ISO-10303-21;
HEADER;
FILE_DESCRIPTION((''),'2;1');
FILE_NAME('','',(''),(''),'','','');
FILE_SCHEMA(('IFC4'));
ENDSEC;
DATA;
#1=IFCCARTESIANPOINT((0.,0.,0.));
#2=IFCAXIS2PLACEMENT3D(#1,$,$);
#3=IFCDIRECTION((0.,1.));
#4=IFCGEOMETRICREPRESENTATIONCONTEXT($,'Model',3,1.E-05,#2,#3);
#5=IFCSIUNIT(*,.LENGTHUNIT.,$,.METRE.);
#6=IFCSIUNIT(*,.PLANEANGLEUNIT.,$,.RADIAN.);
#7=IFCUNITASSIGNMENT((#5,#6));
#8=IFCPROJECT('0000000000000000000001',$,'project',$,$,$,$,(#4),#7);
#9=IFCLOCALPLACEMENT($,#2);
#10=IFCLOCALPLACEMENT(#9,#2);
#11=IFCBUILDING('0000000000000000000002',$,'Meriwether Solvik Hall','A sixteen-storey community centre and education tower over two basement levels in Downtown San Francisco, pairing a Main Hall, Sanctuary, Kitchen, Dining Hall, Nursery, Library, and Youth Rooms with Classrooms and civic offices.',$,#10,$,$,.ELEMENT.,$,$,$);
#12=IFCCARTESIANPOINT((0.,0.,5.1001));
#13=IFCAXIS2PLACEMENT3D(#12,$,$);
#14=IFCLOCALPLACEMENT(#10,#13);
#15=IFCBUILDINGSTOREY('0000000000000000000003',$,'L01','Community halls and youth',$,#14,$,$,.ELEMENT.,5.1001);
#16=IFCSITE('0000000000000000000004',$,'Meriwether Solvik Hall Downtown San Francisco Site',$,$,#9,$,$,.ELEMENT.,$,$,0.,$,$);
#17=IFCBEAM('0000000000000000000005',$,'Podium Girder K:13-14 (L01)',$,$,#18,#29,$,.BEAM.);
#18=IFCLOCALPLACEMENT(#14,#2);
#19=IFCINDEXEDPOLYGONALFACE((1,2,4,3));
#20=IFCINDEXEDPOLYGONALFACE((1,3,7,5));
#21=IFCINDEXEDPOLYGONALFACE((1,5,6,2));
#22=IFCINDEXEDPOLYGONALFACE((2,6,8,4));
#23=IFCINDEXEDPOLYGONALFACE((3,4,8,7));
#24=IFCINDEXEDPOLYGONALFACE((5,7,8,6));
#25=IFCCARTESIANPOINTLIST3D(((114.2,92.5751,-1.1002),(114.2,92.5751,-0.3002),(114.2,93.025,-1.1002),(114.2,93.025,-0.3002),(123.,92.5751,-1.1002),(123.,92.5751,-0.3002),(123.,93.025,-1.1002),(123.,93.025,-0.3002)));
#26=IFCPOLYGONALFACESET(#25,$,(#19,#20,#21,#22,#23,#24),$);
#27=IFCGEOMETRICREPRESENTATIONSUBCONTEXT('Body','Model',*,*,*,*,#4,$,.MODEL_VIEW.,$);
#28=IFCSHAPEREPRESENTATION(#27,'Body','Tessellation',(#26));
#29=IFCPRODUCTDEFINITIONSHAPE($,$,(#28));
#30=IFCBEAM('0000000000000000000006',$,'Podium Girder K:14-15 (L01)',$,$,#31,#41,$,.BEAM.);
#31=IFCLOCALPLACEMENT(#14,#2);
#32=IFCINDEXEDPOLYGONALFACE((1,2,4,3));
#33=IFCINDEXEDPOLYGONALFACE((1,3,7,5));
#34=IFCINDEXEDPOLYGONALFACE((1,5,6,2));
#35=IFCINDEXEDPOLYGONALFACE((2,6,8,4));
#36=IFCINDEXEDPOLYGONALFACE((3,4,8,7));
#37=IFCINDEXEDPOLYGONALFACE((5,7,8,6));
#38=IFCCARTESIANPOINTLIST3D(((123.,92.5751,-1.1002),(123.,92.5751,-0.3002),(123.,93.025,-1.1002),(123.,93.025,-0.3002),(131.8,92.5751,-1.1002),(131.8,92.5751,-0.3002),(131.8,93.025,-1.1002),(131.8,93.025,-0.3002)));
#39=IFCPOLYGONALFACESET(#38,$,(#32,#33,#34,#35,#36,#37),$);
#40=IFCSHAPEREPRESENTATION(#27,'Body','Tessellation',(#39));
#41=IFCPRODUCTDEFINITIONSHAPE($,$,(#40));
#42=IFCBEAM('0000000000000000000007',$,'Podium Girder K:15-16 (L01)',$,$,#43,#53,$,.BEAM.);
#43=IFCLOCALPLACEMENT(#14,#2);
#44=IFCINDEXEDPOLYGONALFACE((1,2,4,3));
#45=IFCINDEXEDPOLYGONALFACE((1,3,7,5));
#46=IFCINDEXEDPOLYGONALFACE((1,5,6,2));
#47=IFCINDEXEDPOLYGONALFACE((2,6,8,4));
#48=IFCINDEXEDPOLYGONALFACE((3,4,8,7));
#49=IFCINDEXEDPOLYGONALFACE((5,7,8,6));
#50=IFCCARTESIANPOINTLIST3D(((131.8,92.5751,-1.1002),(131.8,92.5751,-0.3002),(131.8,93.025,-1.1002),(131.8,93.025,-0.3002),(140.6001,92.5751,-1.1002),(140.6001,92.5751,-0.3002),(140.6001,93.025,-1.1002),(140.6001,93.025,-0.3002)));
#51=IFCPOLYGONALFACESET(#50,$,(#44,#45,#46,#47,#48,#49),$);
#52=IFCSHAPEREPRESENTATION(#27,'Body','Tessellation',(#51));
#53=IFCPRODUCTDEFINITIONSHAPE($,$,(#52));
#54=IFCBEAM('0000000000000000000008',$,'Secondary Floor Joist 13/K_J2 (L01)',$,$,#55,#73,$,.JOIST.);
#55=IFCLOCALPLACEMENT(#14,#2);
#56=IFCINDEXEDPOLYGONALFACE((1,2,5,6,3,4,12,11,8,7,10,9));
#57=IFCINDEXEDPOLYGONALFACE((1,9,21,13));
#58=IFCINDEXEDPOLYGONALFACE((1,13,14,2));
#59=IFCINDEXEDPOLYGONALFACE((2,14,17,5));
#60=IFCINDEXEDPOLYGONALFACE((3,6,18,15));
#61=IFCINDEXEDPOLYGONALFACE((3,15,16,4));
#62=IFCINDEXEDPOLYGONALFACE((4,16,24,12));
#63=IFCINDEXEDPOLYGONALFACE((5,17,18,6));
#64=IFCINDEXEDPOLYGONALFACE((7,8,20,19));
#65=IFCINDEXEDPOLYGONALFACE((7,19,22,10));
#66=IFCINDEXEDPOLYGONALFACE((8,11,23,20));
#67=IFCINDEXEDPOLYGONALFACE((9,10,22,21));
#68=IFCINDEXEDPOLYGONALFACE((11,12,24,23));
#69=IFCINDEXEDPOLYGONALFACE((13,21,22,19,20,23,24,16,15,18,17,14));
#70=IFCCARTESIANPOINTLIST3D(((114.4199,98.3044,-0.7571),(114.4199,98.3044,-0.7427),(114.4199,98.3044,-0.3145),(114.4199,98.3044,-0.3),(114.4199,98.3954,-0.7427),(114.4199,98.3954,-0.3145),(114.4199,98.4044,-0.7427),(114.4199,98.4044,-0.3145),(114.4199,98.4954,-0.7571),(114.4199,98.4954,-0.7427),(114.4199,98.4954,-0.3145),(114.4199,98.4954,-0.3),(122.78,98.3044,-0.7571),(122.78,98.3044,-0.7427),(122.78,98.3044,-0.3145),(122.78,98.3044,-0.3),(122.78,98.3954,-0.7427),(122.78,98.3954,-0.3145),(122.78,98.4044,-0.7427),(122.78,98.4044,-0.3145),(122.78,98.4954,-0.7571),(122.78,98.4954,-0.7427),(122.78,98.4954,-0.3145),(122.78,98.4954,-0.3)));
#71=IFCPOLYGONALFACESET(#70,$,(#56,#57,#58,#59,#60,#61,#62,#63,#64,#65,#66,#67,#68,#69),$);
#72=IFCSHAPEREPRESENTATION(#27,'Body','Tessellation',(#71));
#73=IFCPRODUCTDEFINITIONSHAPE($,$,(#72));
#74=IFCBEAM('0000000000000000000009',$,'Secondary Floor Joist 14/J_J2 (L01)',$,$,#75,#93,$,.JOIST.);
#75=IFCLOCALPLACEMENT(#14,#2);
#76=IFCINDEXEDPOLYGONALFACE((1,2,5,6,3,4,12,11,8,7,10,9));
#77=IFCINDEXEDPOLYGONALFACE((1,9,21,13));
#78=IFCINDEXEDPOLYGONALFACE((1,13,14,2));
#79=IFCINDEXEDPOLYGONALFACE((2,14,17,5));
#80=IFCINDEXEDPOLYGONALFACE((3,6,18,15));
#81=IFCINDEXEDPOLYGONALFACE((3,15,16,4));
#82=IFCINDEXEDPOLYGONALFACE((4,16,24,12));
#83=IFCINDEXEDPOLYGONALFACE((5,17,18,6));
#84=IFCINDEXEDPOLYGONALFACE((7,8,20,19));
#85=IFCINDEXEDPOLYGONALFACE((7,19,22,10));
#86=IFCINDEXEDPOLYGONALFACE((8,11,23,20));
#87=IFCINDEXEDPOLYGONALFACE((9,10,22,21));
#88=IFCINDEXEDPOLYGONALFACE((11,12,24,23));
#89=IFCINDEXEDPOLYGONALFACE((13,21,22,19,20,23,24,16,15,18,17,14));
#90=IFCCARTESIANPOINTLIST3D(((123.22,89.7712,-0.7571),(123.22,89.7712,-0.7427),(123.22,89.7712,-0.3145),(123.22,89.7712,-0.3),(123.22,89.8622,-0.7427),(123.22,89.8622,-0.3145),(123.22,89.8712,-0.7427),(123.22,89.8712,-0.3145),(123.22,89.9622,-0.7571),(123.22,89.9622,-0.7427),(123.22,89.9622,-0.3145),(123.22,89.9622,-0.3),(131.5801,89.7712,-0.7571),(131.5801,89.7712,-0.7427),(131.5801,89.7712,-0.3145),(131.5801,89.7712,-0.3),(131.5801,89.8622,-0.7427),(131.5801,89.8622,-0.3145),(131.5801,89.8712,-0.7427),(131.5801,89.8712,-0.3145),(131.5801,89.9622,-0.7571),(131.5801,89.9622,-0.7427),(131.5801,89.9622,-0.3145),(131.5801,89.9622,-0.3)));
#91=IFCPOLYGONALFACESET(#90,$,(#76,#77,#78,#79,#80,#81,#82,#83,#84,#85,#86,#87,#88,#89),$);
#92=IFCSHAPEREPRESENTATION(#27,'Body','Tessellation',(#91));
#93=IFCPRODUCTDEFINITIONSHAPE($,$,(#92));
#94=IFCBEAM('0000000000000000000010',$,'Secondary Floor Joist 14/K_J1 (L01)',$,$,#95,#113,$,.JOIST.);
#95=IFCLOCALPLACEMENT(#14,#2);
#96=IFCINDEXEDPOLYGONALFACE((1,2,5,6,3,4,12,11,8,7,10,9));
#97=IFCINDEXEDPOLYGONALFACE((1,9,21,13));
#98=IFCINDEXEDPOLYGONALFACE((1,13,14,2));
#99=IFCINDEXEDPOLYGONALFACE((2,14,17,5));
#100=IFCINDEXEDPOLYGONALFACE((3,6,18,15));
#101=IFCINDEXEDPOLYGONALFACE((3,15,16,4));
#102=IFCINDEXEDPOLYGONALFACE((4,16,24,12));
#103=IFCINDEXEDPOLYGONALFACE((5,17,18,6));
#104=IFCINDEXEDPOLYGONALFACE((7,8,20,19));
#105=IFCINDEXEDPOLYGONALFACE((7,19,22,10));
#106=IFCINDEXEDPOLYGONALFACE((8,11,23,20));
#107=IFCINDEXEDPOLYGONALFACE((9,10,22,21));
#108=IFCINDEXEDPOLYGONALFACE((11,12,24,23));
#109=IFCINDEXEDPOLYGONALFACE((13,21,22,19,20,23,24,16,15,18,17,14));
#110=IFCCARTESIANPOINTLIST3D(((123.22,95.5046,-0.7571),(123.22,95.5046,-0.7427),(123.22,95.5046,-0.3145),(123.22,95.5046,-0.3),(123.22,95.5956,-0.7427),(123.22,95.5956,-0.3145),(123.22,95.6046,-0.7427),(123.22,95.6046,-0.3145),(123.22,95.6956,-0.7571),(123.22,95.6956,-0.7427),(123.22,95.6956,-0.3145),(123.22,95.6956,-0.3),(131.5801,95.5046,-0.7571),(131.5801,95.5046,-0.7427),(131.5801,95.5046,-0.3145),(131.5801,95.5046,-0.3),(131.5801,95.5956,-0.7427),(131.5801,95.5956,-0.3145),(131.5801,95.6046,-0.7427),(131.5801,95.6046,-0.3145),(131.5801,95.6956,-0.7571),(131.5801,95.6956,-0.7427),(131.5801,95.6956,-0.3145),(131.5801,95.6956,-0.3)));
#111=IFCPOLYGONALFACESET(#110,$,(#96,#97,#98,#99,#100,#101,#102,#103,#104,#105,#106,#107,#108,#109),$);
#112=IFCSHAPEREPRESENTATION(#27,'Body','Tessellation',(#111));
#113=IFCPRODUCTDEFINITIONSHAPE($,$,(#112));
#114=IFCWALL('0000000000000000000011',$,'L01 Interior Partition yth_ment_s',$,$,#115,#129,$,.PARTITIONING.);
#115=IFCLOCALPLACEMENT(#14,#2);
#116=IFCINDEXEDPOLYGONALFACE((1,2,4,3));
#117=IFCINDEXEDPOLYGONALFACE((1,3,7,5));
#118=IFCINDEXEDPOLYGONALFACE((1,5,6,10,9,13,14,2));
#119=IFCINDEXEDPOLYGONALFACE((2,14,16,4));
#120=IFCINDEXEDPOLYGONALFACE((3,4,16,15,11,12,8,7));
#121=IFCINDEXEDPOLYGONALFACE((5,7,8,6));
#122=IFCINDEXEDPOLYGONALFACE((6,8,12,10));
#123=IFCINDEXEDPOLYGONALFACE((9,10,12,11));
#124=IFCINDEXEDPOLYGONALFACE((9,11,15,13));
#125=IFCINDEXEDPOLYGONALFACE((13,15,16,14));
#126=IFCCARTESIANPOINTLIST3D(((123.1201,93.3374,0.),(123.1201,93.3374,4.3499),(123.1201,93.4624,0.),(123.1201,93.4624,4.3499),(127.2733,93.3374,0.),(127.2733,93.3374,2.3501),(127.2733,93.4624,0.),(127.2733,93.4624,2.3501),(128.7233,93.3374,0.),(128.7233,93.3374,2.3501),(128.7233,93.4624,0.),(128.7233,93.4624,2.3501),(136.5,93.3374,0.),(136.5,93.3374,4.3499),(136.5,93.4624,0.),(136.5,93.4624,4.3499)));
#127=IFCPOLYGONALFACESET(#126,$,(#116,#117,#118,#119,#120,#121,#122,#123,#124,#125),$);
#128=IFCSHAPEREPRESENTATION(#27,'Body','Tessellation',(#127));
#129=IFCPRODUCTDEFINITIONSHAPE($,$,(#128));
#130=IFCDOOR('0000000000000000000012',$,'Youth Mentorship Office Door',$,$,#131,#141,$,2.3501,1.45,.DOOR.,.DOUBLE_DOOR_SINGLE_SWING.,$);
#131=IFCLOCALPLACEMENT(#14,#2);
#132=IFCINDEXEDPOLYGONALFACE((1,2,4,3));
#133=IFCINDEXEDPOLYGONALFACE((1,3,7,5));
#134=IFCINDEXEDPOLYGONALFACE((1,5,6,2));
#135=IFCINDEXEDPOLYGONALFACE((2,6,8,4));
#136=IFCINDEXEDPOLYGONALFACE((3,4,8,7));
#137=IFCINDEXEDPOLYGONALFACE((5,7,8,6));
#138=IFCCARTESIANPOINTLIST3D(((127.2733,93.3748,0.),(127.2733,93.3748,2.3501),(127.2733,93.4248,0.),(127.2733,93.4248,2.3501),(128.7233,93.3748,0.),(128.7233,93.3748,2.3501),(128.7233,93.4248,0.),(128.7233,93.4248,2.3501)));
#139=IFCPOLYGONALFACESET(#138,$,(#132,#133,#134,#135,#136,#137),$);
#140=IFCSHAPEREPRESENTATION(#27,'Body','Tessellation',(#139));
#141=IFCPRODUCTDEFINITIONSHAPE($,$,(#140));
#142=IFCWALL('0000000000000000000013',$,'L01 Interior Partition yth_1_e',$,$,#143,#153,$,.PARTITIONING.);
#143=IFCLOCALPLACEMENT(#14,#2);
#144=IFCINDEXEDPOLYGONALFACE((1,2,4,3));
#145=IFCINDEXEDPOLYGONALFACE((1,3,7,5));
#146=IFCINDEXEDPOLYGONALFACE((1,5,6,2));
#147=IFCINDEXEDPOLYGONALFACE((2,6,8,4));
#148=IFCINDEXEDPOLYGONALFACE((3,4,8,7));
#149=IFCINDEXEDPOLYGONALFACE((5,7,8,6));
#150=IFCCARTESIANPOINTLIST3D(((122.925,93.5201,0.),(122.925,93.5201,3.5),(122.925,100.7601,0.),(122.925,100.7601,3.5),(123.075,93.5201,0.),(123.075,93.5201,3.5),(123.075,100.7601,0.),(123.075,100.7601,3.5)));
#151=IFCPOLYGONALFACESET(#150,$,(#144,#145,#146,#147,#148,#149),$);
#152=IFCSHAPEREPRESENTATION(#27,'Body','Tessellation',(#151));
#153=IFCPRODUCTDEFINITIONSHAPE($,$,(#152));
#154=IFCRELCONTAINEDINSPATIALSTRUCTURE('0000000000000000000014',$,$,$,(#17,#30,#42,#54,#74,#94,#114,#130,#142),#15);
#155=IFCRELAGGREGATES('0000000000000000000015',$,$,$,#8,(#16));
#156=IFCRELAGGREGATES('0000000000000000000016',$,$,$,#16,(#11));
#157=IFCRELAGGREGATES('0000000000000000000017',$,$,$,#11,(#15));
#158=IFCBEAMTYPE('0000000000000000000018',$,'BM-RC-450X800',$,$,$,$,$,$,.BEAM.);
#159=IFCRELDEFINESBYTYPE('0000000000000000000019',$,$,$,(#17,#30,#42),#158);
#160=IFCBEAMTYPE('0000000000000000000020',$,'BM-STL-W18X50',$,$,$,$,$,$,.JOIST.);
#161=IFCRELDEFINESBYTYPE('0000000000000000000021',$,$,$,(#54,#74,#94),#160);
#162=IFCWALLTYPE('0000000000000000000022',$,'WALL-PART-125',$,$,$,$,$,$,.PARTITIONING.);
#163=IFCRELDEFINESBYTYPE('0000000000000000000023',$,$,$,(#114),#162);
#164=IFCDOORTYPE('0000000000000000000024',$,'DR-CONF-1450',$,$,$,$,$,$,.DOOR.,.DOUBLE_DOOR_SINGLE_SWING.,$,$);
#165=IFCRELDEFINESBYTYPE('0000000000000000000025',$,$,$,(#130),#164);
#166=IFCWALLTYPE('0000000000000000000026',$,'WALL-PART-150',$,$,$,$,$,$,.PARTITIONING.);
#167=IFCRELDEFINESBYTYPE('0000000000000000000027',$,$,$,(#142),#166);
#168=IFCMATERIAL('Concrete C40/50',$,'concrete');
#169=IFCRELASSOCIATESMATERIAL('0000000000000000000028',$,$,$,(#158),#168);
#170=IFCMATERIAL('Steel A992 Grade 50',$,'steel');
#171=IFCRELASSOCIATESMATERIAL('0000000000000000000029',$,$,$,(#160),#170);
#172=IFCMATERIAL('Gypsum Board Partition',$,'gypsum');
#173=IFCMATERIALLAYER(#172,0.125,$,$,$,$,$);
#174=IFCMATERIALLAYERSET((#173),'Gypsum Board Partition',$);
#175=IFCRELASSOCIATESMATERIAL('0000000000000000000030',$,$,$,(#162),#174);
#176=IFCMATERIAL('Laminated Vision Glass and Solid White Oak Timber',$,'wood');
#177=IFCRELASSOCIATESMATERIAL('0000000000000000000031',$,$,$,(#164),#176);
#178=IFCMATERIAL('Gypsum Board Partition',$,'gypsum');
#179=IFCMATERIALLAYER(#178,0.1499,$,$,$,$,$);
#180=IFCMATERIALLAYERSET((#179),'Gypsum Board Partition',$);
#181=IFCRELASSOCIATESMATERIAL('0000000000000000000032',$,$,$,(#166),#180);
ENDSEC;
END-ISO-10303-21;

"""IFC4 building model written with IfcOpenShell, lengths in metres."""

from ifc_helpers import new_model, si_unit, direction, frame, frame_2d, origin, origin_2d, place, context, subcontext, project, spatial, rectangle, i_section, extrude, material, layer, layer_set, material_profile, profile_set, type_object, element, fill, save


model = new_model("IFC4")

# Units and contexts
model_context = context("Model", 3, precision=1e-05, world=origin(), true_north=direction((0.0, 1.0)))
body_context = subcontext(model_context, "Body", "Model", "MODEL_VIEW")
ifc_project = project(units=[si_unit("LENGTHUNIT", "METRE"), si_unit("PLANEANGLEUNIT", "RADIAN")], contexts=[model_context])

# Site, building, storey
site_placement = place(None, origin())
site = spatial("IfcSite", under=ifc_project, at=site_placement, Name="Meriwether Solvik Hall Downtown San Francisco Site", CompositionType="ELEMENT", RefElevation=0.0)
building_placement = place(site_placement, origin())
building = spatial("IfcBuilding", under=site, at=building_placement, Name="Meriwether Solvik Hall", Description="A sixteen-storey community centre and education tower over two basement levels in Downtown San Francisco, pairing a Main Hall, Sanctuary, Kitchen, Dining Hall, Nursery, Library, and Youth Rooms with Classrooms and civic offices.", CompositionType="ELEMENT")
storey_placement = place(building_placement, frame((0.0, 0.0, 5.1001)))
storey = spatial("IfcBuildingStorey", under=building, at=storey_placement, Name="L01", Description="Community halls and youth", CompositionType="ELEMENT", Elevation=5.1001)

# Beams
ifc_material_1 = material(Name="Concrete C40/50", Category="concrete")
ifc_material_profile_1 = material_profile(ifc_material_1, rectangle(XDim=0.45, YDim=0.8, at=origin_2d()), Name="RCB-450X800")
ifc_profile_set_1 = profile_set([ifc_material_profile_1], Name="Concrete C40/50")
beam_type_1 = type_object("IfcBeamType", Name="BM-RC-450X800", PredefinedType="BEAM", material=ifc_profile_set_1)
for number, where, z_axis, x_axis, name in (
    (1, (114.2, 92.8, -0.7002), (1.0, 0.0, 0.0), (0.0, 1.0, 0.0), "Podium Girder K:13-14 (L01)"),
    (2, (123.0, 92.8, -0.7002), (1.0, 0.0, 0.0), (0.0, 1.0, 0.0), "Podium Girder K:14-15 (L01)"),
    (3, (131.8, 92.8, -0.7002), (1.0, 0.0, 0.0), (0.0, 1.0, 0.0), "Podium Girder K:15-16 (L01)"),
):
    element("IfcBeam", number, at=place(storey_placement, frame(where, z_axis=z_axis, x_axis=x_axis)), inside=storey, type_object=beam_type_1, Name=name, PredefinedType="BEAM", context=body_context, shape_type="SweptSolid", body=[
        extrude(rectangle(XDim=0.45, YDim=0.8, at=origin_2d()), origin(), (0.0, 0.0, 1.0), 8.8),
    ])
ifc_material_2 = material(Name="Steel A992 Grade 50", Category="steel")
ifc_material_profile_2 = material_profile(ifc_material_2, i_section(OverallWidth=0.1909, OverallDepth=0.457, WebThickness=0.009, FlangeThickness=0.0144, at=origin_2d()), Name="W18X50")
ifc_profile_set_2 = profile_set([ifc_material_profile_2], Name="Steel A992 Grade 50")
beam_type_2 = type_object("IfcBeamType", Name="BM-STL-W18X50", PredefinedType="JOIST", material=ifc_profile_set_2)
for number, where, z_axis, x_axis, name in (
    (4, (114.4199, 98.3999, -0.5286), (1.0, 0.0, 0.0), (0.0, 1.0, 0.0), "Secondary Floor Joist 13/K_J2 (L01)"),
    (5, (123.22, 89.8667, -0.5286), (1.0, 0.0, 0.0), (0.0, 1.0, 0.0), "Secondary Floor Joist 14/J_J2 (L01)"),
    (6, (123.22, 95.6001, -0.5286), (1.0, 0.0, 0.0), (0.0, 1.0, 0.0), "Secondary Floor Joist 14/K_J1 (L01)"),
):
    element("IfcBeam", number, at=place(storey_placement, frame(where, z_axis=z_axis, x_axis=x_axis)), inside=storey, type_object=beam_type_2, Name=name, PredefinedType="JOIST", context=body_context, shape_type="SweptSolid", body=[
        extrude(i_section(OverallWidth=0.1909, OverallDepth=0.457, WebThickness=0.009, FlangeThickness=0.0144, at=origin_2d()), origin(), (0.0, 0.0, 1.0), 8.3601),
    ])

# Wall, opening, door
ifc_material_3 = material(Name="Gypsum Board Partition", Category="gypsum")
ifc_layer_1 = layer(ifc_material_3, 0.125)
ifc_layer_set_1 = layer_set([ifc_layer_1], Name="Gypsum Board Partition")
wall_type_1 = type_object("IfcWallType", Name="WALL-PART-125", PredefinedType="PARTITIONING", material=ifc_layer_set_1)
wall_1_placement = place(storey_placement, frame((123.1201, 93.3999, 0.0), z_axis=(0.0, 0.0, 1.0), x_axis=(1.0, 0.0, 0.0)))
wall_1 = element("IfcWall", 7, at=wall_1_placement, inside=storey, type_object=wall_type_1, Name="L01 Interior Partition yth_ment_s", PredefinedType="PARTITIONING", context=body_context, shape_type="SweptSolid", body=[
    extrude(rectangle(XDim=13.3799, YDim=0.125, at=frame_2d((6.6899, 0.0))), origin(), (0.0, 0.0, 1.0), 4.3499),
])
opening_placement = place(wall_1_placement, frame((4.1531, 0.0, 0.0)))
opening = element("IfcOpeningElement", 8, at=opening_placement, cuts=wall_1, PredefinedType="OPENING", context=body_context, shape_type="SweptSolid", body=[
    extrude(rectangle(XDim=1.45, YDim=2.3501, at=frame_2d((0.7251, 1.175))), frame((0.0, 0.0745, 0.0), z_axis=(0.0, -1.0, 0.0), x_axis=(1.0, 0.0, 0.0)), (0.0, 0.0, 1.0), 0.1489),
])
ifc_material_4 = material(Name="Laminated Vision Glass and Solid White Oak Timber", Category="wood")
door_type = type_object("IfcDoorType", Name="DR-CONF-1450", OperationType="DOUBLE_DOOR_SINGLE_SWING", PredefinedType="DOOR", material=ifc_material_4)
door_placement = place(opening_placement, origin())
door = element("IfcDoor", 9, at=door_placement, inside=storey, type_object=door_type, Name="Youth Mentorship Office Door", OperationType="DOUBLE_DOOR_SINGLE_SWING", OverallHeight=2.3501, OverallWidth=1.45, PredefinedType="DOOR", context=body_context, shape_type="SweptSolid", body=[
    extrude(rectangle(XDim=1.45, YDim=2.3501, at=frame_2d((0.7251, 1.175))), frame((0.0, 0.0249, 0.0), z_axis=(0.0, -1.0, 0.0), x_axis=(1.0, 0.0, 0.0)), (0.0, 0.0, 1.0), 0.05),
])
fill(opening, door)

# Wall
ifc_material_5 = material(Name="Gypsum Board Partition", Category="gypsum")
ifc_layer_2 = layer(ifc_material_5, 0.1499)
ifc_layer_set_2 = layer_set([ifc_layer_2], Name="Gypsum Board Partition")
wall_type_2 = type_object("IfcWallType", Name="WALL-PART-150", PredefinedType="PARTITIONING", material=ifc_layer_set_2)
wall_2_placement = place(storey_placement, frame((123.0, 93.52, 0.0), z_axis=(0.0, 0.0, 1.0), x_axis=(0.0, 1.0, 0.0)))
element("IfcWall", 10, at=wall_2_placement, inside=storey, type_object=wall_type_2, Name="L01 Interior Partition yth_1_e", PredefinedType="PARTITIONING", context=body_context, shape_type="SweptSolid", body=[
    extrude(rectangle(XDim=7.24, YDim=0.1499, at=frame_2d((3.6201, 0.0))), origin(), (0.0, 0.0, 1.0), 3.5),
])

save(model, "model.ifc")
